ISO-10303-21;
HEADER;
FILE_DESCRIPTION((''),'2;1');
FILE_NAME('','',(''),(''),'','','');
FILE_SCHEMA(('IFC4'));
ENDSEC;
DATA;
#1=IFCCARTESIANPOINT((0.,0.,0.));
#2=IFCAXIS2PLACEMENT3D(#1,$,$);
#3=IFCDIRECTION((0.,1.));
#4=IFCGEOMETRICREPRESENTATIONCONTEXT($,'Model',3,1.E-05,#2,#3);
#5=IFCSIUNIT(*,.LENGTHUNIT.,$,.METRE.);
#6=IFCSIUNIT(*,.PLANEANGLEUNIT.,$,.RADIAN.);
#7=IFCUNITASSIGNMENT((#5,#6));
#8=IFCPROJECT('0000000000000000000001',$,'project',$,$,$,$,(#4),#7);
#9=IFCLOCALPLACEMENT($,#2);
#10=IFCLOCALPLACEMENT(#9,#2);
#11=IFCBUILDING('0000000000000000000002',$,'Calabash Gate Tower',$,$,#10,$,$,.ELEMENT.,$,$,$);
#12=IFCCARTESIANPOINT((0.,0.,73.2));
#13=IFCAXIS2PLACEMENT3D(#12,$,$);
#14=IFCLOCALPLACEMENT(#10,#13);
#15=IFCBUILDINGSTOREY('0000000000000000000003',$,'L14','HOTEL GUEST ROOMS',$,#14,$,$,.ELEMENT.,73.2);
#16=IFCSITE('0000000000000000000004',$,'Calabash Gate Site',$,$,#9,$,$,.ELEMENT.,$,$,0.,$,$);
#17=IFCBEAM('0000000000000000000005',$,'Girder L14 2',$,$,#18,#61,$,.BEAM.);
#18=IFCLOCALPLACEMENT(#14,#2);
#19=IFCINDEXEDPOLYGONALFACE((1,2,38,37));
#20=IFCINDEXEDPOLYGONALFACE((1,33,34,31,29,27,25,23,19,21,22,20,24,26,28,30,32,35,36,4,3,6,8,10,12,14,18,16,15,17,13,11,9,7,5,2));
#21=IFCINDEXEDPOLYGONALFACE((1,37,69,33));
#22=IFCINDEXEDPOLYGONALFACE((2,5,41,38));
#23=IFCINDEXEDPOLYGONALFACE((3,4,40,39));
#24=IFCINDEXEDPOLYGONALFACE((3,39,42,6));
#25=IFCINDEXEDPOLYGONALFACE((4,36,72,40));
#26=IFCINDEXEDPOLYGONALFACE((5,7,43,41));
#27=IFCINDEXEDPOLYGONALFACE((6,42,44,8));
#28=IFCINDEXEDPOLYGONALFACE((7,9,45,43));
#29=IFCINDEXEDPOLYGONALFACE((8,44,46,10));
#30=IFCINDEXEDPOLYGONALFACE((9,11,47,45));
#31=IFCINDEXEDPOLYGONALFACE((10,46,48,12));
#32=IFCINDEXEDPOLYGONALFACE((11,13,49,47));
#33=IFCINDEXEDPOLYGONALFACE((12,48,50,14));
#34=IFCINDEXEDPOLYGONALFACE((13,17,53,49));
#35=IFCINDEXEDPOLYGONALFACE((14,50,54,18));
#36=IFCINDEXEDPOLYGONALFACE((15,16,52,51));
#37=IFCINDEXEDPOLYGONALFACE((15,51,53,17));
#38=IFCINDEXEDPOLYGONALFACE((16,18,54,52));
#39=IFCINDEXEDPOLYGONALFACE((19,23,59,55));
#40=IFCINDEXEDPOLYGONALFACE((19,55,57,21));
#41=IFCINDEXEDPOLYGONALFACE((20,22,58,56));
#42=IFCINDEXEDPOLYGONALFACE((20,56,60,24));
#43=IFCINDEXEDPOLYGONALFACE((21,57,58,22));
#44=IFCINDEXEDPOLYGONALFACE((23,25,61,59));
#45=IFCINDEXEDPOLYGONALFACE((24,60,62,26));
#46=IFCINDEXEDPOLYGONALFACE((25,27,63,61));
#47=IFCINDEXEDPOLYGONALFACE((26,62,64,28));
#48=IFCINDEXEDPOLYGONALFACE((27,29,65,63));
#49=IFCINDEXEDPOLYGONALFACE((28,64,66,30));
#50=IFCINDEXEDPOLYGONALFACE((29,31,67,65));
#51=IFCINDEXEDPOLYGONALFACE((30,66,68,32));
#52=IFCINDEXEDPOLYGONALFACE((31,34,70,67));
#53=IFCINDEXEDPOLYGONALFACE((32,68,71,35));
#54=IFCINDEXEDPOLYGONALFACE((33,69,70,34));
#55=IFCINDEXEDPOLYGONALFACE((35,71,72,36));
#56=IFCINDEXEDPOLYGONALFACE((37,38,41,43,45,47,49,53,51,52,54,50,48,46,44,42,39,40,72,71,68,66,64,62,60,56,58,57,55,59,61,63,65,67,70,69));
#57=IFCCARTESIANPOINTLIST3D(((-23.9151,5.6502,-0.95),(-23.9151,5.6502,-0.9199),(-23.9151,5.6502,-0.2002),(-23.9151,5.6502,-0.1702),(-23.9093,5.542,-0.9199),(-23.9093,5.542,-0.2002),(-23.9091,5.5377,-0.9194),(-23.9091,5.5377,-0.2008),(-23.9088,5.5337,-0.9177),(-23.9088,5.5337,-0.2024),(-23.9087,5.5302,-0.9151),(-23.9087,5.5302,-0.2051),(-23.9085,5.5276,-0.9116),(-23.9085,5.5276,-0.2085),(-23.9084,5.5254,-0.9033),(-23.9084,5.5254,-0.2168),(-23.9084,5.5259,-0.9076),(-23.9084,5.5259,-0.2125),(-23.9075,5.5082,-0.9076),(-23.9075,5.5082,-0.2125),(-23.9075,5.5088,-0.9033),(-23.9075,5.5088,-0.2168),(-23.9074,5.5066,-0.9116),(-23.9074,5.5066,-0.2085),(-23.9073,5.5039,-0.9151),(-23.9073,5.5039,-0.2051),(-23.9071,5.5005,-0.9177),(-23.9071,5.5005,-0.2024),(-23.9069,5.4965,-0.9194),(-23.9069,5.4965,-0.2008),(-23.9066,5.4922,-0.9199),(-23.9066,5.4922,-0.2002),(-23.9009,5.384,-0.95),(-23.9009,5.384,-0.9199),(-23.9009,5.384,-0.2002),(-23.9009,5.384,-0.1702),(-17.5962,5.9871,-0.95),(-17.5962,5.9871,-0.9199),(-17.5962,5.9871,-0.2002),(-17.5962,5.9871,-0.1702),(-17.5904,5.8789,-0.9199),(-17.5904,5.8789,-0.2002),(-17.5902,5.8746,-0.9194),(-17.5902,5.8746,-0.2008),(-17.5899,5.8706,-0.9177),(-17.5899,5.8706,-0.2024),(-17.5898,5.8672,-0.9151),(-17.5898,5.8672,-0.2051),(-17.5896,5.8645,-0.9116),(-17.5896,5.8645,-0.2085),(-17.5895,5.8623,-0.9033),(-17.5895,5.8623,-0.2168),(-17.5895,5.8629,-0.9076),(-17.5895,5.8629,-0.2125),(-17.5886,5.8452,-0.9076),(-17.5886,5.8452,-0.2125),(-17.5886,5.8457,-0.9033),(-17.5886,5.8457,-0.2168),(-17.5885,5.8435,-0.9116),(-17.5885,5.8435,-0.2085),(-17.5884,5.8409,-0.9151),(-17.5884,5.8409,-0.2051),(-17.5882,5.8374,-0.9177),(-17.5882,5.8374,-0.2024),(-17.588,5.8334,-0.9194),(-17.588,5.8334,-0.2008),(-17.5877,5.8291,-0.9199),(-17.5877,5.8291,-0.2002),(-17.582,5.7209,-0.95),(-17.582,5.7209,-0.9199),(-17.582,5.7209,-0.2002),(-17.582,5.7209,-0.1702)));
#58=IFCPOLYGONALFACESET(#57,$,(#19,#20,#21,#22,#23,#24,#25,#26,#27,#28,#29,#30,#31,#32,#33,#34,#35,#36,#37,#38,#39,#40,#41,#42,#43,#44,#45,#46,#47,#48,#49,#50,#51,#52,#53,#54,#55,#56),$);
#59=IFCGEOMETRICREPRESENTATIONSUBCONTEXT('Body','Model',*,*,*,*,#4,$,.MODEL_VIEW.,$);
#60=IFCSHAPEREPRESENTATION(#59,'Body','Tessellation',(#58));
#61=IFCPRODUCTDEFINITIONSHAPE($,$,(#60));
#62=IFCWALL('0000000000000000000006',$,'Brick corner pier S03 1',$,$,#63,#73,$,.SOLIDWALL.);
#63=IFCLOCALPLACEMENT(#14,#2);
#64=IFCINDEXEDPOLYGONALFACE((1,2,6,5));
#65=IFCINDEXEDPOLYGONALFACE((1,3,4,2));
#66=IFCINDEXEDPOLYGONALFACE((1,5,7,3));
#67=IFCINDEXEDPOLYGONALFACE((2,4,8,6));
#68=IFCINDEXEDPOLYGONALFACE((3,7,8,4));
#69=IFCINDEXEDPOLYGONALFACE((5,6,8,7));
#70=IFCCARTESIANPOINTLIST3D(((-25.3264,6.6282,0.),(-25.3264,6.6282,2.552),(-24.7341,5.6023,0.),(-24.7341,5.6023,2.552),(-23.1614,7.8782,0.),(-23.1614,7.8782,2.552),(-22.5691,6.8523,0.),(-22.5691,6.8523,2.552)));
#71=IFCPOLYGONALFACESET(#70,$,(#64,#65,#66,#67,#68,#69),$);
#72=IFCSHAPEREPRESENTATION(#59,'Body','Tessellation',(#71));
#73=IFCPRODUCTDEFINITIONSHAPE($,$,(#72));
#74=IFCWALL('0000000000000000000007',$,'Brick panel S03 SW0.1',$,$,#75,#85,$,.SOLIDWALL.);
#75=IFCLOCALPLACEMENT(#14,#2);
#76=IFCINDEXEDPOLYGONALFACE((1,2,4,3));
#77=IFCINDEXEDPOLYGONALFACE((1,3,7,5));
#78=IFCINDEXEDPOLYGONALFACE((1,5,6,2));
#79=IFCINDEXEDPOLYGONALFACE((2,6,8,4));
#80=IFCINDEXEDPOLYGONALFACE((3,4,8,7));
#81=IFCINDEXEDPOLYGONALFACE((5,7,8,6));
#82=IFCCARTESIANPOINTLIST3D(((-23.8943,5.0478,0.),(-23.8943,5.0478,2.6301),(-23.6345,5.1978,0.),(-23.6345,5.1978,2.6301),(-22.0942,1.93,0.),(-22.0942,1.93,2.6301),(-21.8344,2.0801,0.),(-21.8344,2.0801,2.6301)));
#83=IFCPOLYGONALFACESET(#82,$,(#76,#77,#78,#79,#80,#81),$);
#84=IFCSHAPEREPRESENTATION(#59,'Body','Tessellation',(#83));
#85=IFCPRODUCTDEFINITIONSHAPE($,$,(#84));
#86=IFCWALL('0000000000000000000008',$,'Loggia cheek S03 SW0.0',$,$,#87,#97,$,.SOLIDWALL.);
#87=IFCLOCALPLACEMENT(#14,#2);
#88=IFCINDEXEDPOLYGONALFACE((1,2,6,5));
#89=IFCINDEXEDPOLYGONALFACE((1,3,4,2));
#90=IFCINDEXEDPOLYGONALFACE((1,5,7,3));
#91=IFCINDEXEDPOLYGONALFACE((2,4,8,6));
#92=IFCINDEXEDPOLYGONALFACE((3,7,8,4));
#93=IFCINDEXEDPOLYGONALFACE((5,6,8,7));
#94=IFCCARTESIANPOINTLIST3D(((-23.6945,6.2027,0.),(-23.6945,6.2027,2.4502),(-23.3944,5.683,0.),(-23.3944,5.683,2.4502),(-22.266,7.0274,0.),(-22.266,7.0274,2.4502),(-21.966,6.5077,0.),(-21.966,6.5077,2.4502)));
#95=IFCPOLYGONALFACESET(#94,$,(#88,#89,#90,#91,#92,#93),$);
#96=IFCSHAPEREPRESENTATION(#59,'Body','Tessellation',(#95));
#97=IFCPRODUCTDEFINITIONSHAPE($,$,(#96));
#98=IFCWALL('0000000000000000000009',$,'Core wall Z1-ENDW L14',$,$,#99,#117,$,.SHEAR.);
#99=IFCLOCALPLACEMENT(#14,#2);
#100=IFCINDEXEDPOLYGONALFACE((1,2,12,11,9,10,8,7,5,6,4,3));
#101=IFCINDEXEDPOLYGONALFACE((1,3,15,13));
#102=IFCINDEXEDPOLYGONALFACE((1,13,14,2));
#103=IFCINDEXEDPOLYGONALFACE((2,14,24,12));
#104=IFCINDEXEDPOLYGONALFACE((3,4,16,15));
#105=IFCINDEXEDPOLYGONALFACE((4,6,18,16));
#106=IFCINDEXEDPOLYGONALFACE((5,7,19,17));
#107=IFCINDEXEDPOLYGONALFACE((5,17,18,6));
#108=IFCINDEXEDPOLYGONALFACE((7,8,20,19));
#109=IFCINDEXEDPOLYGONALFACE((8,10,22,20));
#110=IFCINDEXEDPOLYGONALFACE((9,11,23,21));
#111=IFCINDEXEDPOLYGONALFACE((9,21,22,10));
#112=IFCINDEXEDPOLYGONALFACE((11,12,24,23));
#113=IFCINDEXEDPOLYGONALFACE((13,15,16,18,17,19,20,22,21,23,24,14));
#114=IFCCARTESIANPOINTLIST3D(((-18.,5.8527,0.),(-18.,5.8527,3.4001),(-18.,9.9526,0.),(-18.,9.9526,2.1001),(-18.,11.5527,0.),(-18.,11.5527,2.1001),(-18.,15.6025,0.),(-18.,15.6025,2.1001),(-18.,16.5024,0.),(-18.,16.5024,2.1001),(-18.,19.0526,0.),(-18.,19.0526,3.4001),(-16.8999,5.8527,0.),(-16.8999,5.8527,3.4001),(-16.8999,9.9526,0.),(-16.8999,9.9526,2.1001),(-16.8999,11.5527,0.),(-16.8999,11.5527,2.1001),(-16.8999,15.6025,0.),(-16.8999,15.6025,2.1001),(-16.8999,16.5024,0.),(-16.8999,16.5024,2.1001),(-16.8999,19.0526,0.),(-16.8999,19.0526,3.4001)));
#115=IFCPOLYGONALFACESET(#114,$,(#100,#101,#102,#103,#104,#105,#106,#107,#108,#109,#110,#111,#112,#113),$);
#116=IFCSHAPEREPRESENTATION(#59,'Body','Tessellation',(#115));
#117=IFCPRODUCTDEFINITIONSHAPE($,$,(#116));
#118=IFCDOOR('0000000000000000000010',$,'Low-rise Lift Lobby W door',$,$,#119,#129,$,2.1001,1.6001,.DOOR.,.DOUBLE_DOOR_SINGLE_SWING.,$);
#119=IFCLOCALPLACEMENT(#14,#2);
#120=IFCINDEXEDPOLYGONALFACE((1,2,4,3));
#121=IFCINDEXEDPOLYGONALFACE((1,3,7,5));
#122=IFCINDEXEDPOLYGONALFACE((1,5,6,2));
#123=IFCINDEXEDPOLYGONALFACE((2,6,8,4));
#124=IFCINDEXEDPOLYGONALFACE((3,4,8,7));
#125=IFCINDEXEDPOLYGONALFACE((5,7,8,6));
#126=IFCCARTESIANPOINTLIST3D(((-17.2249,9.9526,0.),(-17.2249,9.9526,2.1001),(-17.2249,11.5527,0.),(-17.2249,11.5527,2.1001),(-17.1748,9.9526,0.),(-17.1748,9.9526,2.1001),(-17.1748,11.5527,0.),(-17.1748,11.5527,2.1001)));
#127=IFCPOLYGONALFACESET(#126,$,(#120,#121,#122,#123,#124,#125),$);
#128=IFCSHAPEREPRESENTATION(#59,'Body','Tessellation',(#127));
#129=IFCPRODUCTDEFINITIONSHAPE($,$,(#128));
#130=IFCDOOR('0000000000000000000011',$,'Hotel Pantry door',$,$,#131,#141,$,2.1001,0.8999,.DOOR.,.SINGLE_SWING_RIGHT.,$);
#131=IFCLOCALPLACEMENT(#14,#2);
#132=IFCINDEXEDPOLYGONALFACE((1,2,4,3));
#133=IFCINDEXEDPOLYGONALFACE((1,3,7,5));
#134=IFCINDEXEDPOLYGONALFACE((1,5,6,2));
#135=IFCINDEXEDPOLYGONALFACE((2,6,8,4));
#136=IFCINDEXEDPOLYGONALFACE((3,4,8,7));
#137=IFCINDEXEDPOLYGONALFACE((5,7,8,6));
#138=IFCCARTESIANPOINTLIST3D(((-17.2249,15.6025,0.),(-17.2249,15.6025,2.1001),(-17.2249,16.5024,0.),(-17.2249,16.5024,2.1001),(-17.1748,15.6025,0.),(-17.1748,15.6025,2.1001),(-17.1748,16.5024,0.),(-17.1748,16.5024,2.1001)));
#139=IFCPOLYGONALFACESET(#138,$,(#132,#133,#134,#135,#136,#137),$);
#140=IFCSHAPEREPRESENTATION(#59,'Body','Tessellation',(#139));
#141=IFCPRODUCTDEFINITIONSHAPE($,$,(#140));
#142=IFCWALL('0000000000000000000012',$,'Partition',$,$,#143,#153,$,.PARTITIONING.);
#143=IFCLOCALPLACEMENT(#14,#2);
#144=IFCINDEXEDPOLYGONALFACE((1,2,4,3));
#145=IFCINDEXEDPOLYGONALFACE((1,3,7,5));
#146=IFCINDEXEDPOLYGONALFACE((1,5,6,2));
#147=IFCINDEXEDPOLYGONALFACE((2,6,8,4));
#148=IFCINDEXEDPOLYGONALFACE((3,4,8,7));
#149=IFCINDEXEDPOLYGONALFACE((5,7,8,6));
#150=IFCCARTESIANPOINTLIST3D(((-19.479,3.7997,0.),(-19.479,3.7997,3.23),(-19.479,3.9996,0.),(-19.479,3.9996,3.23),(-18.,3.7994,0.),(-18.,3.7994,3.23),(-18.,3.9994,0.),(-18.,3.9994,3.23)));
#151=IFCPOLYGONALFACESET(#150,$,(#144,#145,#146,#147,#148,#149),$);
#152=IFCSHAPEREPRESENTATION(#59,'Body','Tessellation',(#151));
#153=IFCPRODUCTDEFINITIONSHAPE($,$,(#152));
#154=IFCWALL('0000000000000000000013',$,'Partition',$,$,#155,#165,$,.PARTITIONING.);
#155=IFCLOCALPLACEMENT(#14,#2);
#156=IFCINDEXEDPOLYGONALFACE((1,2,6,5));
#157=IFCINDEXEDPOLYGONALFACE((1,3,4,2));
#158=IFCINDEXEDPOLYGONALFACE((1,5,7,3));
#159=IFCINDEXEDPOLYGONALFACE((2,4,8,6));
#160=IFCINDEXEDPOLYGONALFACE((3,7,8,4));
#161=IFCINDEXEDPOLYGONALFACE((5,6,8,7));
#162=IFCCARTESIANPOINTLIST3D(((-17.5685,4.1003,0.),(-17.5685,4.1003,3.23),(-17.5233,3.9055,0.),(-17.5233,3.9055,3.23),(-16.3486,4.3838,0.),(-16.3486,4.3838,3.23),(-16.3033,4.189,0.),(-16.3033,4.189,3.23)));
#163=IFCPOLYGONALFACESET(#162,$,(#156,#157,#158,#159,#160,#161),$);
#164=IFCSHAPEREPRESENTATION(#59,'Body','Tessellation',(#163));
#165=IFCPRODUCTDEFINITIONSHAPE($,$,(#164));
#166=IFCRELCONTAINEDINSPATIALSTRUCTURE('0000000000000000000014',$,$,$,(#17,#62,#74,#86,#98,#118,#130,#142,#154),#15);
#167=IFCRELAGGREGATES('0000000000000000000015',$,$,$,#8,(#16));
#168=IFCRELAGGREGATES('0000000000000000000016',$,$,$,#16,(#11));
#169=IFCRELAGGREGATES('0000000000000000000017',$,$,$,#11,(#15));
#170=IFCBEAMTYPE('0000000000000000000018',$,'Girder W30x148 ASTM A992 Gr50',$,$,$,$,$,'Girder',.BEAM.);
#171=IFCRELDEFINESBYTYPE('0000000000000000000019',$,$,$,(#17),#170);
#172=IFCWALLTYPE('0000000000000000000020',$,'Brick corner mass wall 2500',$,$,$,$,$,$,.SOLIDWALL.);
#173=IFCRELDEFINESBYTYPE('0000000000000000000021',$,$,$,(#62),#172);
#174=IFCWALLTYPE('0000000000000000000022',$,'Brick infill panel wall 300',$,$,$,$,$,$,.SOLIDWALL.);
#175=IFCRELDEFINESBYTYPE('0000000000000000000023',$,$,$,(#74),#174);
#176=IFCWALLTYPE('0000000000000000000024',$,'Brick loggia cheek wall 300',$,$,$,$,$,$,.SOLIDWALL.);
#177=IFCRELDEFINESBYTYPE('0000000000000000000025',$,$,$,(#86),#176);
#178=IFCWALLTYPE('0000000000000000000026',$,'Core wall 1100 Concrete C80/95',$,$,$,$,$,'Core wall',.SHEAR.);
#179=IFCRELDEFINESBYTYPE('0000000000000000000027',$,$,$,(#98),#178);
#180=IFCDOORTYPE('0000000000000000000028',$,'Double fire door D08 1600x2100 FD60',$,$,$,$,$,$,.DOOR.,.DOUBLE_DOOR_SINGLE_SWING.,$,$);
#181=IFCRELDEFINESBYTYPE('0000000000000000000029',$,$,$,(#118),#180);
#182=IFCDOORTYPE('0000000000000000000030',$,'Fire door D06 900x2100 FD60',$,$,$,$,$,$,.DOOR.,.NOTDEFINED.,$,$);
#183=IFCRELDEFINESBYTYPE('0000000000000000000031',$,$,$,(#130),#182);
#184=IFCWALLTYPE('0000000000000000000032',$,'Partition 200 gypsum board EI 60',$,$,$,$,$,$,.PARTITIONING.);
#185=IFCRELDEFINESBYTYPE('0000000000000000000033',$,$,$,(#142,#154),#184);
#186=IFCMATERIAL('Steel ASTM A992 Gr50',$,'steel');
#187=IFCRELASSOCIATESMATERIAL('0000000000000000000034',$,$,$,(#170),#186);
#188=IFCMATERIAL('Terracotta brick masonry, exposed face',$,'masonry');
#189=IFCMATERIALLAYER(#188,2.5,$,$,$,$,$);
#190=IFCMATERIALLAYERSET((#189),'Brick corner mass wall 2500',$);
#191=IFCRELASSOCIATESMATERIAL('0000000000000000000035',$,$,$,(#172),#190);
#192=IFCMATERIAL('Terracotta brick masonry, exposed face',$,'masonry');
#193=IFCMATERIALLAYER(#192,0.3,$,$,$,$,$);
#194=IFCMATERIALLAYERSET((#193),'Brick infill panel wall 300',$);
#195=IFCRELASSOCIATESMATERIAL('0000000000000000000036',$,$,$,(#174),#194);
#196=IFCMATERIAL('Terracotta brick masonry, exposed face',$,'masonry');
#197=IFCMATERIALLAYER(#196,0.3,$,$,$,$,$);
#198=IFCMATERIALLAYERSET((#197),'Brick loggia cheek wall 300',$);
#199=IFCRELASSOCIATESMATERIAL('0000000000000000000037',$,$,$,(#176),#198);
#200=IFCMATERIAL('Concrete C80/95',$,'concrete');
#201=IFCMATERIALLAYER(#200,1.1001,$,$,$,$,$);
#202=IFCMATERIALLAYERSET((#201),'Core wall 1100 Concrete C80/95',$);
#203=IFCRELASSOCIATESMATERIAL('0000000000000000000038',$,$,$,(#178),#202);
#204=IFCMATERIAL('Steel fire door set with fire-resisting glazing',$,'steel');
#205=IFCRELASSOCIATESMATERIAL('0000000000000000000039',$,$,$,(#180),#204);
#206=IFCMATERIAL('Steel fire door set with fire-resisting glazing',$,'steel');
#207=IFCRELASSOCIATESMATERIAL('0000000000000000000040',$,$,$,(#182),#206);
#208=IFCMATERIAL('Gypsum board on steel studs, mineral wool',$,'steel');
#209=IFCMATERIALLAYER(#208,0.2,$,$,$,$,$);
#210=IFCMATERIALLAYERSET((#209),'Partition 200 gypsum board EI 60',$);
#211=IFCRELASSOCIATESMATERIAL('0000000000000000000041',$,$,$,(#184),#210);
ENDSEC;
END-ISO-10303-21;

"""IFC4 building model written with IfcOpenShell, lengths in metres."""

from ifc_helpers import new_model, si_unit, direction, frame, frame_2d, origin, origin_2d, place, context, subcontext, project, spatial, rectangle, i_section, extrude, material, layer, layer_set, material_profile, profile_set, type_object, element, fill, save


model = new_model("IFC4")

# Units and contexts
model_context = context("Model", 3, precision=1e-05, world=origin(), true_north=direction((0.0, 1.0)))
body_context = subcontext(model_context, "Body", "Model", "MODEL_VIEW")
ifc_project = project(units=[si_unit("LENGTHUNIT", "METRE"), si_unit("PLANEANGLEUNIT", "RADIAN")], contexts=[model_context])

# Site, building, storey
site_placement = place(None, origin())
site = spatial("IfcSite", under=ifc_project, at=site_placement, Name="Calabash Gate Site", CompositionType="ELEMENT", RefElevation=0.0)
building_placement = place(site_placement, origin())
building = spatial("IfcBuilding", under=site, at=building_placement, Name="Calabash Gate Tower", CompositionType="ELEMENT")
storey_placement = place(building_placement, frame((0.0, 0.0, 73.2)))
storey = spatial("IfcBuildingStorey", under=building, at=storey_placement, Name="L14", Description="HOTEL GUEST ROOMS", CompositionType="ELEMENT", Elevation=73.2)

# Beam
ifc_material_1 = material(Name="Steel ASTM A992 Gr50", Category="steel")
ifc_material_profile_1 = material_profile(ifc_material_1, i_section(OverallWidth=0.2666, OverallDepth=0.7798, WebThickness=0.0166, FlangeThickness=0.03, FilletRadius=0.0166, at=origin_2d()))
ifc_profile_set_1 = profile_set([ifc_material_profile_1], Name="Steel ASTM A992 Gr50")
beam_type_1 = type_object("IfcBeamType", Name="Girder W30x148 ASTM A992 Gr50", ElementType="Girder", PredefinedType="BEAM", material=ifc_profile_set_1)
beam_1_placement = place(storey_placement, frame((-23.908, 5.5171, -0.5601), z_axis=(0.998582, 0.053243, 0.0), x_axis=(-0.053243, 0.998582, 0.0)))
element("IfcBeam", 1, at=beam_1_placement, inside=storey, type_object=beam_type_1, Name="Girder L14 2", PredefinedType="BEAM", context=body_context, shape_type="SweptSolid", body=[
    extrude(i_section(OverallWidth=0.2666, OverallDepth=0.7798, WebThickness=0.0166, FlangeThickness=0.03, FilletRadius=0.0166, at=origin_2d()), origin(), (0.0, 0.0, 1.0), 6.3279),
])

# Walls
ifc_material_2 = material(Name="Terracotta brick masonry, exposed face", Category="masonry")
ifc_layer_1 = layer(ifc_material_2, 2.5)
ifc_layer_set_1 = layer_set([ifc_layer_1], Name="Brick corner mass wall 2500")
wall_type_1 = type_object("IfcWallType", Name="Brick corner mass wall 2500", PredefinedType="SOLIDWALL", material=ifc_layer_set_1)
wall_1_placement = place(storey_placement, frame((-22.8652, 7.3652, 0.0), z_axis=(0.0, 0.0, 1.0), x_axis=(-0.866023, -0.500004, 0.0)))
element("IfcWall", 2, at=wall_1_placement, inside=storey, type_object=wall_type_1, Name="Brick corner pier S03 1", PredefinedType="SOLIDWALL", context=body_context, shape_type="SweptSolid", body=[
    extrude(rectangle(XDim=2.5, YDim=1.1846, at=frame_2d((1.25, 0.0))), origin(), (0.0, 0.0, 1.0), 2.552),
])
ifc_material_3 = material(Name="Terracotta brick masonry, exposed face", Category="masonry")
ifc_layer_2 = layer(ifc_material_3, 0.3)
ifc_layer_set_2 = layer_set([ifc_layer_2], Name="Brick infill panel wall 300")
wall_type_2 = type_object("IfcWallType", Name="Brick infill panel wall 300", PredefinedType="SOLIDWALL", material=ifc_layer_set_2)
wall_2_placement = place(storey_placement, frame((-23.7644, 5.1228, 0.0), z_axis=(0.0, 0.0, 1.0), x_axis=(0.500012, -0.866018, 0.0)))
element("IfcWall", 3, at=wall_2_placement, inside=storey, type_object=wall_type_2, Name="Brick panel S03 SW0.1", PredefinedType="SOLIDWALL", context=body_context, shape_type="SweptSolid", body=[
    extrude(rectangle(XDim=3.6001, YDim=0.3, at=frame_2d((1.8, 0.0))), origin(), (0.0, 0.0, 1.0), 2.6301),
])
ifc_material_4 = material(Name="Terracotta brick masonry, exposed face", Category="masonry")
ifc_layer_3 = layer(ifc_material_4, 0.3)
ifc_layer_set_3 = layer_set([ifc_layer_3], Name="Brick loggia cheek wall 300")
wall_type_3 = type_object("IfcWallType", Name="Brick loggia cheek wall 300", PredefinedType="SOLIDWALL", material=ifc_layer_set_3)
wall_3_placement = place(storey_placement, frame((-23.5444, 5.9429, 0.0), z_axis=(0.0, 0.0, 1.0), x_axis=(0.86603, 0.499992, 0.0)))
element("IfcWall", 4, at=wall_3_placement, inside=storey, type_object=wall_type_3, Name="Loggia cheek S03 SW0.0", PredefinedType="SOLIDWALL", context=body_context, shape_type="SweptSolid", body=[
    extrude(rectangle(XDim=1.6494, YDim=0.6001, at=frame_2d((0.8247, 0.0))), origin(), (0.0, 0.0, 1.0), 2.4502),
])

# Wall, openings, doors
ifc_material_5 = material(Name="Concrete C80/95", Category="concrete")
ifc_layer_4 = layer(ifc_material_5, 1.1001)
ifc_layer_set_4 = layer_set([ifc_layer_4], Name="Core wall 1100 Concrete C80/95")
wall_type_4 = type_object("IfcWallType", Name="Core wall 1100 Concrete C80/95", ElementType="Core wall", PredefinedType="SHEAR", material=ifc_layer_set_4)
wall_4_placement = place(storey_placement, frame((-17.45, 5.8525, 0.0), z_axis=(0.0, 0.0, 1.0), x_axis=(0.0, 1.0, 0.0)))
wall_4 = element("IfcWall", 5, at=wall_4_placement, inside=storey, type_object=wall_type_4, Name="Core wall Z1-ENDW L14", PredefinedType="SHEAR", context=body_context, shape_type="SweptSolid", body=[
    extrude(rectangle(XDim=13.2, YDim=1.1001, at=frame_2d((6.6001, 0.0))), origin(), (0.0, 0.0, 1.0), 3.4001),
])
opening_1_placement = place(wall_4_placement, frame((4.1001, 0.0, 0.0)))
opening_1 = element("IfcOpeningElement", 6, at=opening_1_placement, cuts=wall_4, PredefinedType="OPENING", context=body_context, shape_type="SweptSolid", body=[
    extrude(rectangle(XDim=1.6001, YDim=2.1001, at=frame_2d((0.8, 1.05))), frame((0.0, 0.5601, 0.0), z_axis=(0.0, -1.0, 0.0), x_axis=(1.0, 0.0, 0.0)), (0.0, 0.0, 1.0), 1.1201),
])
opening_2_placement = place(wall_4_placement, frame((9.75, 0.0, 0.0)))
opening_2 = element("IfcOpeningElement", 7, at=opening_2_placement, cuts=wall_4, PredefinedType="OPENING", context=body_context, shape_type="SweptSolid", body=[
    extrude(rectangle(XDim=0.8999, YDim=2.1001, at=frame_2d((0.45, 1.05))), frame((0.0, 0.5601, 0.0), z_axis=(0.0, -1.0, 0.0), x_axis=(1.0, 0.0, 0.0)), (0.0, 0.0, 1.0), 1.1201),
])
ifc_material_6 = material(Name="Steel fire door set with fire-resisting glazing", Category="steel")
door_type_1 = type_object("IfcDoorType", Name="Double fire door D08 1600x2100 FD60", OperationType="DOUBLE_DOOR_SINGLE_SWING", PredefinedType="DOOR", material=ifc_material_6)
door_1_placement = place(opening_1_placement, origin())
door_1 = element("IfcDoor", 8, at=door_1_placement, inside=storey, type_object=door_type_1, Name="Low-rise Lift Lobby W door", OperationType="DOUBLE_DOOR_SINGLE_SWING", OverallHeight=2.1001, OverallWidth=1.6001, PredefinedType="DOOR", context=body_context, shape_type="SweptSolid", body=[
    extrude(rectangle(XDim=1.6001, YDim=2.1001, at=frame_2d((0.8, 1.05))), frame((0.0, -0.2251, 0.0), z_axis=(0.0, -1.0, 0.0), x_axis=(1.0, 0.0, 0.0)), (0.0, 0.0, 1.0), 0.05),
])
fill(opening_1, door_1)
ifc_material_7 = material(Name="Steel fire door set with fire-resisting glazing", Category="steel")
door_type_2 = type_object("IfcDoorType", Name="Fire door D06 900x2100 FD60", OperationType="NOTDEFINED", PredefinedType="DOOR", material=ifc_material_7)
door_2_placement = place(opening_2_placement, origin())
door_2 = element("IfcDoor", 9, at=door_2_placement, inside=storey, type_object=door_type_2, Name="Hotel Pantry door", OperationType="SINGLE_SWING_RIGHT", OverallHeight=2.1001, OverallWidth=0.8999, PredefinedType="DOOR", context=body_context, shape_type="SweptSolid", body=[
    extrude(rectangle(XDim=0.8999, YDim=2.1001, at=frame_2d((0.45, 1.05))), frame((0.0, -0.2251, 0.0), z_axis=(0.0, -1.0, 0.0), x_axis=(1.0, 0.0, 0.0)), (0.0, 0.0, 1.0), 0.05),
])
fill(opening_2, door_2)

# Walls
ifc_material_8 = material(Name="Gypsum board on steel studs, mineral wool", Category="steel")
ifc_layer_5 = layer(ifc_material_8, 0.2)
ifc_layer_set_5 = layer_set([ifc_layer_5], Name="Partition 200 gypsum board EI 60")
wall_type_5 = type_object("IfcWallType", Name="Partition 200 gypsum board EI 60", PredefinedType="PARTITIONING", material=ifc_layer_set_5)
wall_5_placement = place(storey_placement, frame((-19.479, 3.8997, 0.0), z_axis=(0.0, 0.0, 1.0), x_axis=(1.0, -0.000165, 0.0)))
element("IfcWall", 10, at=wall_5_placement, inside=storey, type_object=wall_type_5, Name="Partition", PredefinedType="PARTITIONING", context=body_context, shape_type="SweptSolid", body=[
    extrude(rectangle(XDim=1.479, YDim=0.2, at=frame_2d((0.7395, 0.0))), origin(), (0.0, 0.0, 1.0), 3.23),
])
wall_6_placement = place(storey_placement, frame((-17.5459, 4.0029, 0.0), z_axis=(0.0, 0.0, 1.0), x_axis=(0.974055, 0.226311, 0.0)))
element("IfcWall", 11, at=wall_6_placement, inside=storey, type_object=wall_type_5, Name="Partition", PredefinedType="PARTITIONING", context=body_context, shape_type="SweptSolid", body=[
    extrude(rectangle(XDim=1.2524, YDim=0.2, at=frame_2d((0.6262, 0.0))), origin(), (0.0, 0.0, 1.0), 3.23),
])

save(model, "model.ifc")
